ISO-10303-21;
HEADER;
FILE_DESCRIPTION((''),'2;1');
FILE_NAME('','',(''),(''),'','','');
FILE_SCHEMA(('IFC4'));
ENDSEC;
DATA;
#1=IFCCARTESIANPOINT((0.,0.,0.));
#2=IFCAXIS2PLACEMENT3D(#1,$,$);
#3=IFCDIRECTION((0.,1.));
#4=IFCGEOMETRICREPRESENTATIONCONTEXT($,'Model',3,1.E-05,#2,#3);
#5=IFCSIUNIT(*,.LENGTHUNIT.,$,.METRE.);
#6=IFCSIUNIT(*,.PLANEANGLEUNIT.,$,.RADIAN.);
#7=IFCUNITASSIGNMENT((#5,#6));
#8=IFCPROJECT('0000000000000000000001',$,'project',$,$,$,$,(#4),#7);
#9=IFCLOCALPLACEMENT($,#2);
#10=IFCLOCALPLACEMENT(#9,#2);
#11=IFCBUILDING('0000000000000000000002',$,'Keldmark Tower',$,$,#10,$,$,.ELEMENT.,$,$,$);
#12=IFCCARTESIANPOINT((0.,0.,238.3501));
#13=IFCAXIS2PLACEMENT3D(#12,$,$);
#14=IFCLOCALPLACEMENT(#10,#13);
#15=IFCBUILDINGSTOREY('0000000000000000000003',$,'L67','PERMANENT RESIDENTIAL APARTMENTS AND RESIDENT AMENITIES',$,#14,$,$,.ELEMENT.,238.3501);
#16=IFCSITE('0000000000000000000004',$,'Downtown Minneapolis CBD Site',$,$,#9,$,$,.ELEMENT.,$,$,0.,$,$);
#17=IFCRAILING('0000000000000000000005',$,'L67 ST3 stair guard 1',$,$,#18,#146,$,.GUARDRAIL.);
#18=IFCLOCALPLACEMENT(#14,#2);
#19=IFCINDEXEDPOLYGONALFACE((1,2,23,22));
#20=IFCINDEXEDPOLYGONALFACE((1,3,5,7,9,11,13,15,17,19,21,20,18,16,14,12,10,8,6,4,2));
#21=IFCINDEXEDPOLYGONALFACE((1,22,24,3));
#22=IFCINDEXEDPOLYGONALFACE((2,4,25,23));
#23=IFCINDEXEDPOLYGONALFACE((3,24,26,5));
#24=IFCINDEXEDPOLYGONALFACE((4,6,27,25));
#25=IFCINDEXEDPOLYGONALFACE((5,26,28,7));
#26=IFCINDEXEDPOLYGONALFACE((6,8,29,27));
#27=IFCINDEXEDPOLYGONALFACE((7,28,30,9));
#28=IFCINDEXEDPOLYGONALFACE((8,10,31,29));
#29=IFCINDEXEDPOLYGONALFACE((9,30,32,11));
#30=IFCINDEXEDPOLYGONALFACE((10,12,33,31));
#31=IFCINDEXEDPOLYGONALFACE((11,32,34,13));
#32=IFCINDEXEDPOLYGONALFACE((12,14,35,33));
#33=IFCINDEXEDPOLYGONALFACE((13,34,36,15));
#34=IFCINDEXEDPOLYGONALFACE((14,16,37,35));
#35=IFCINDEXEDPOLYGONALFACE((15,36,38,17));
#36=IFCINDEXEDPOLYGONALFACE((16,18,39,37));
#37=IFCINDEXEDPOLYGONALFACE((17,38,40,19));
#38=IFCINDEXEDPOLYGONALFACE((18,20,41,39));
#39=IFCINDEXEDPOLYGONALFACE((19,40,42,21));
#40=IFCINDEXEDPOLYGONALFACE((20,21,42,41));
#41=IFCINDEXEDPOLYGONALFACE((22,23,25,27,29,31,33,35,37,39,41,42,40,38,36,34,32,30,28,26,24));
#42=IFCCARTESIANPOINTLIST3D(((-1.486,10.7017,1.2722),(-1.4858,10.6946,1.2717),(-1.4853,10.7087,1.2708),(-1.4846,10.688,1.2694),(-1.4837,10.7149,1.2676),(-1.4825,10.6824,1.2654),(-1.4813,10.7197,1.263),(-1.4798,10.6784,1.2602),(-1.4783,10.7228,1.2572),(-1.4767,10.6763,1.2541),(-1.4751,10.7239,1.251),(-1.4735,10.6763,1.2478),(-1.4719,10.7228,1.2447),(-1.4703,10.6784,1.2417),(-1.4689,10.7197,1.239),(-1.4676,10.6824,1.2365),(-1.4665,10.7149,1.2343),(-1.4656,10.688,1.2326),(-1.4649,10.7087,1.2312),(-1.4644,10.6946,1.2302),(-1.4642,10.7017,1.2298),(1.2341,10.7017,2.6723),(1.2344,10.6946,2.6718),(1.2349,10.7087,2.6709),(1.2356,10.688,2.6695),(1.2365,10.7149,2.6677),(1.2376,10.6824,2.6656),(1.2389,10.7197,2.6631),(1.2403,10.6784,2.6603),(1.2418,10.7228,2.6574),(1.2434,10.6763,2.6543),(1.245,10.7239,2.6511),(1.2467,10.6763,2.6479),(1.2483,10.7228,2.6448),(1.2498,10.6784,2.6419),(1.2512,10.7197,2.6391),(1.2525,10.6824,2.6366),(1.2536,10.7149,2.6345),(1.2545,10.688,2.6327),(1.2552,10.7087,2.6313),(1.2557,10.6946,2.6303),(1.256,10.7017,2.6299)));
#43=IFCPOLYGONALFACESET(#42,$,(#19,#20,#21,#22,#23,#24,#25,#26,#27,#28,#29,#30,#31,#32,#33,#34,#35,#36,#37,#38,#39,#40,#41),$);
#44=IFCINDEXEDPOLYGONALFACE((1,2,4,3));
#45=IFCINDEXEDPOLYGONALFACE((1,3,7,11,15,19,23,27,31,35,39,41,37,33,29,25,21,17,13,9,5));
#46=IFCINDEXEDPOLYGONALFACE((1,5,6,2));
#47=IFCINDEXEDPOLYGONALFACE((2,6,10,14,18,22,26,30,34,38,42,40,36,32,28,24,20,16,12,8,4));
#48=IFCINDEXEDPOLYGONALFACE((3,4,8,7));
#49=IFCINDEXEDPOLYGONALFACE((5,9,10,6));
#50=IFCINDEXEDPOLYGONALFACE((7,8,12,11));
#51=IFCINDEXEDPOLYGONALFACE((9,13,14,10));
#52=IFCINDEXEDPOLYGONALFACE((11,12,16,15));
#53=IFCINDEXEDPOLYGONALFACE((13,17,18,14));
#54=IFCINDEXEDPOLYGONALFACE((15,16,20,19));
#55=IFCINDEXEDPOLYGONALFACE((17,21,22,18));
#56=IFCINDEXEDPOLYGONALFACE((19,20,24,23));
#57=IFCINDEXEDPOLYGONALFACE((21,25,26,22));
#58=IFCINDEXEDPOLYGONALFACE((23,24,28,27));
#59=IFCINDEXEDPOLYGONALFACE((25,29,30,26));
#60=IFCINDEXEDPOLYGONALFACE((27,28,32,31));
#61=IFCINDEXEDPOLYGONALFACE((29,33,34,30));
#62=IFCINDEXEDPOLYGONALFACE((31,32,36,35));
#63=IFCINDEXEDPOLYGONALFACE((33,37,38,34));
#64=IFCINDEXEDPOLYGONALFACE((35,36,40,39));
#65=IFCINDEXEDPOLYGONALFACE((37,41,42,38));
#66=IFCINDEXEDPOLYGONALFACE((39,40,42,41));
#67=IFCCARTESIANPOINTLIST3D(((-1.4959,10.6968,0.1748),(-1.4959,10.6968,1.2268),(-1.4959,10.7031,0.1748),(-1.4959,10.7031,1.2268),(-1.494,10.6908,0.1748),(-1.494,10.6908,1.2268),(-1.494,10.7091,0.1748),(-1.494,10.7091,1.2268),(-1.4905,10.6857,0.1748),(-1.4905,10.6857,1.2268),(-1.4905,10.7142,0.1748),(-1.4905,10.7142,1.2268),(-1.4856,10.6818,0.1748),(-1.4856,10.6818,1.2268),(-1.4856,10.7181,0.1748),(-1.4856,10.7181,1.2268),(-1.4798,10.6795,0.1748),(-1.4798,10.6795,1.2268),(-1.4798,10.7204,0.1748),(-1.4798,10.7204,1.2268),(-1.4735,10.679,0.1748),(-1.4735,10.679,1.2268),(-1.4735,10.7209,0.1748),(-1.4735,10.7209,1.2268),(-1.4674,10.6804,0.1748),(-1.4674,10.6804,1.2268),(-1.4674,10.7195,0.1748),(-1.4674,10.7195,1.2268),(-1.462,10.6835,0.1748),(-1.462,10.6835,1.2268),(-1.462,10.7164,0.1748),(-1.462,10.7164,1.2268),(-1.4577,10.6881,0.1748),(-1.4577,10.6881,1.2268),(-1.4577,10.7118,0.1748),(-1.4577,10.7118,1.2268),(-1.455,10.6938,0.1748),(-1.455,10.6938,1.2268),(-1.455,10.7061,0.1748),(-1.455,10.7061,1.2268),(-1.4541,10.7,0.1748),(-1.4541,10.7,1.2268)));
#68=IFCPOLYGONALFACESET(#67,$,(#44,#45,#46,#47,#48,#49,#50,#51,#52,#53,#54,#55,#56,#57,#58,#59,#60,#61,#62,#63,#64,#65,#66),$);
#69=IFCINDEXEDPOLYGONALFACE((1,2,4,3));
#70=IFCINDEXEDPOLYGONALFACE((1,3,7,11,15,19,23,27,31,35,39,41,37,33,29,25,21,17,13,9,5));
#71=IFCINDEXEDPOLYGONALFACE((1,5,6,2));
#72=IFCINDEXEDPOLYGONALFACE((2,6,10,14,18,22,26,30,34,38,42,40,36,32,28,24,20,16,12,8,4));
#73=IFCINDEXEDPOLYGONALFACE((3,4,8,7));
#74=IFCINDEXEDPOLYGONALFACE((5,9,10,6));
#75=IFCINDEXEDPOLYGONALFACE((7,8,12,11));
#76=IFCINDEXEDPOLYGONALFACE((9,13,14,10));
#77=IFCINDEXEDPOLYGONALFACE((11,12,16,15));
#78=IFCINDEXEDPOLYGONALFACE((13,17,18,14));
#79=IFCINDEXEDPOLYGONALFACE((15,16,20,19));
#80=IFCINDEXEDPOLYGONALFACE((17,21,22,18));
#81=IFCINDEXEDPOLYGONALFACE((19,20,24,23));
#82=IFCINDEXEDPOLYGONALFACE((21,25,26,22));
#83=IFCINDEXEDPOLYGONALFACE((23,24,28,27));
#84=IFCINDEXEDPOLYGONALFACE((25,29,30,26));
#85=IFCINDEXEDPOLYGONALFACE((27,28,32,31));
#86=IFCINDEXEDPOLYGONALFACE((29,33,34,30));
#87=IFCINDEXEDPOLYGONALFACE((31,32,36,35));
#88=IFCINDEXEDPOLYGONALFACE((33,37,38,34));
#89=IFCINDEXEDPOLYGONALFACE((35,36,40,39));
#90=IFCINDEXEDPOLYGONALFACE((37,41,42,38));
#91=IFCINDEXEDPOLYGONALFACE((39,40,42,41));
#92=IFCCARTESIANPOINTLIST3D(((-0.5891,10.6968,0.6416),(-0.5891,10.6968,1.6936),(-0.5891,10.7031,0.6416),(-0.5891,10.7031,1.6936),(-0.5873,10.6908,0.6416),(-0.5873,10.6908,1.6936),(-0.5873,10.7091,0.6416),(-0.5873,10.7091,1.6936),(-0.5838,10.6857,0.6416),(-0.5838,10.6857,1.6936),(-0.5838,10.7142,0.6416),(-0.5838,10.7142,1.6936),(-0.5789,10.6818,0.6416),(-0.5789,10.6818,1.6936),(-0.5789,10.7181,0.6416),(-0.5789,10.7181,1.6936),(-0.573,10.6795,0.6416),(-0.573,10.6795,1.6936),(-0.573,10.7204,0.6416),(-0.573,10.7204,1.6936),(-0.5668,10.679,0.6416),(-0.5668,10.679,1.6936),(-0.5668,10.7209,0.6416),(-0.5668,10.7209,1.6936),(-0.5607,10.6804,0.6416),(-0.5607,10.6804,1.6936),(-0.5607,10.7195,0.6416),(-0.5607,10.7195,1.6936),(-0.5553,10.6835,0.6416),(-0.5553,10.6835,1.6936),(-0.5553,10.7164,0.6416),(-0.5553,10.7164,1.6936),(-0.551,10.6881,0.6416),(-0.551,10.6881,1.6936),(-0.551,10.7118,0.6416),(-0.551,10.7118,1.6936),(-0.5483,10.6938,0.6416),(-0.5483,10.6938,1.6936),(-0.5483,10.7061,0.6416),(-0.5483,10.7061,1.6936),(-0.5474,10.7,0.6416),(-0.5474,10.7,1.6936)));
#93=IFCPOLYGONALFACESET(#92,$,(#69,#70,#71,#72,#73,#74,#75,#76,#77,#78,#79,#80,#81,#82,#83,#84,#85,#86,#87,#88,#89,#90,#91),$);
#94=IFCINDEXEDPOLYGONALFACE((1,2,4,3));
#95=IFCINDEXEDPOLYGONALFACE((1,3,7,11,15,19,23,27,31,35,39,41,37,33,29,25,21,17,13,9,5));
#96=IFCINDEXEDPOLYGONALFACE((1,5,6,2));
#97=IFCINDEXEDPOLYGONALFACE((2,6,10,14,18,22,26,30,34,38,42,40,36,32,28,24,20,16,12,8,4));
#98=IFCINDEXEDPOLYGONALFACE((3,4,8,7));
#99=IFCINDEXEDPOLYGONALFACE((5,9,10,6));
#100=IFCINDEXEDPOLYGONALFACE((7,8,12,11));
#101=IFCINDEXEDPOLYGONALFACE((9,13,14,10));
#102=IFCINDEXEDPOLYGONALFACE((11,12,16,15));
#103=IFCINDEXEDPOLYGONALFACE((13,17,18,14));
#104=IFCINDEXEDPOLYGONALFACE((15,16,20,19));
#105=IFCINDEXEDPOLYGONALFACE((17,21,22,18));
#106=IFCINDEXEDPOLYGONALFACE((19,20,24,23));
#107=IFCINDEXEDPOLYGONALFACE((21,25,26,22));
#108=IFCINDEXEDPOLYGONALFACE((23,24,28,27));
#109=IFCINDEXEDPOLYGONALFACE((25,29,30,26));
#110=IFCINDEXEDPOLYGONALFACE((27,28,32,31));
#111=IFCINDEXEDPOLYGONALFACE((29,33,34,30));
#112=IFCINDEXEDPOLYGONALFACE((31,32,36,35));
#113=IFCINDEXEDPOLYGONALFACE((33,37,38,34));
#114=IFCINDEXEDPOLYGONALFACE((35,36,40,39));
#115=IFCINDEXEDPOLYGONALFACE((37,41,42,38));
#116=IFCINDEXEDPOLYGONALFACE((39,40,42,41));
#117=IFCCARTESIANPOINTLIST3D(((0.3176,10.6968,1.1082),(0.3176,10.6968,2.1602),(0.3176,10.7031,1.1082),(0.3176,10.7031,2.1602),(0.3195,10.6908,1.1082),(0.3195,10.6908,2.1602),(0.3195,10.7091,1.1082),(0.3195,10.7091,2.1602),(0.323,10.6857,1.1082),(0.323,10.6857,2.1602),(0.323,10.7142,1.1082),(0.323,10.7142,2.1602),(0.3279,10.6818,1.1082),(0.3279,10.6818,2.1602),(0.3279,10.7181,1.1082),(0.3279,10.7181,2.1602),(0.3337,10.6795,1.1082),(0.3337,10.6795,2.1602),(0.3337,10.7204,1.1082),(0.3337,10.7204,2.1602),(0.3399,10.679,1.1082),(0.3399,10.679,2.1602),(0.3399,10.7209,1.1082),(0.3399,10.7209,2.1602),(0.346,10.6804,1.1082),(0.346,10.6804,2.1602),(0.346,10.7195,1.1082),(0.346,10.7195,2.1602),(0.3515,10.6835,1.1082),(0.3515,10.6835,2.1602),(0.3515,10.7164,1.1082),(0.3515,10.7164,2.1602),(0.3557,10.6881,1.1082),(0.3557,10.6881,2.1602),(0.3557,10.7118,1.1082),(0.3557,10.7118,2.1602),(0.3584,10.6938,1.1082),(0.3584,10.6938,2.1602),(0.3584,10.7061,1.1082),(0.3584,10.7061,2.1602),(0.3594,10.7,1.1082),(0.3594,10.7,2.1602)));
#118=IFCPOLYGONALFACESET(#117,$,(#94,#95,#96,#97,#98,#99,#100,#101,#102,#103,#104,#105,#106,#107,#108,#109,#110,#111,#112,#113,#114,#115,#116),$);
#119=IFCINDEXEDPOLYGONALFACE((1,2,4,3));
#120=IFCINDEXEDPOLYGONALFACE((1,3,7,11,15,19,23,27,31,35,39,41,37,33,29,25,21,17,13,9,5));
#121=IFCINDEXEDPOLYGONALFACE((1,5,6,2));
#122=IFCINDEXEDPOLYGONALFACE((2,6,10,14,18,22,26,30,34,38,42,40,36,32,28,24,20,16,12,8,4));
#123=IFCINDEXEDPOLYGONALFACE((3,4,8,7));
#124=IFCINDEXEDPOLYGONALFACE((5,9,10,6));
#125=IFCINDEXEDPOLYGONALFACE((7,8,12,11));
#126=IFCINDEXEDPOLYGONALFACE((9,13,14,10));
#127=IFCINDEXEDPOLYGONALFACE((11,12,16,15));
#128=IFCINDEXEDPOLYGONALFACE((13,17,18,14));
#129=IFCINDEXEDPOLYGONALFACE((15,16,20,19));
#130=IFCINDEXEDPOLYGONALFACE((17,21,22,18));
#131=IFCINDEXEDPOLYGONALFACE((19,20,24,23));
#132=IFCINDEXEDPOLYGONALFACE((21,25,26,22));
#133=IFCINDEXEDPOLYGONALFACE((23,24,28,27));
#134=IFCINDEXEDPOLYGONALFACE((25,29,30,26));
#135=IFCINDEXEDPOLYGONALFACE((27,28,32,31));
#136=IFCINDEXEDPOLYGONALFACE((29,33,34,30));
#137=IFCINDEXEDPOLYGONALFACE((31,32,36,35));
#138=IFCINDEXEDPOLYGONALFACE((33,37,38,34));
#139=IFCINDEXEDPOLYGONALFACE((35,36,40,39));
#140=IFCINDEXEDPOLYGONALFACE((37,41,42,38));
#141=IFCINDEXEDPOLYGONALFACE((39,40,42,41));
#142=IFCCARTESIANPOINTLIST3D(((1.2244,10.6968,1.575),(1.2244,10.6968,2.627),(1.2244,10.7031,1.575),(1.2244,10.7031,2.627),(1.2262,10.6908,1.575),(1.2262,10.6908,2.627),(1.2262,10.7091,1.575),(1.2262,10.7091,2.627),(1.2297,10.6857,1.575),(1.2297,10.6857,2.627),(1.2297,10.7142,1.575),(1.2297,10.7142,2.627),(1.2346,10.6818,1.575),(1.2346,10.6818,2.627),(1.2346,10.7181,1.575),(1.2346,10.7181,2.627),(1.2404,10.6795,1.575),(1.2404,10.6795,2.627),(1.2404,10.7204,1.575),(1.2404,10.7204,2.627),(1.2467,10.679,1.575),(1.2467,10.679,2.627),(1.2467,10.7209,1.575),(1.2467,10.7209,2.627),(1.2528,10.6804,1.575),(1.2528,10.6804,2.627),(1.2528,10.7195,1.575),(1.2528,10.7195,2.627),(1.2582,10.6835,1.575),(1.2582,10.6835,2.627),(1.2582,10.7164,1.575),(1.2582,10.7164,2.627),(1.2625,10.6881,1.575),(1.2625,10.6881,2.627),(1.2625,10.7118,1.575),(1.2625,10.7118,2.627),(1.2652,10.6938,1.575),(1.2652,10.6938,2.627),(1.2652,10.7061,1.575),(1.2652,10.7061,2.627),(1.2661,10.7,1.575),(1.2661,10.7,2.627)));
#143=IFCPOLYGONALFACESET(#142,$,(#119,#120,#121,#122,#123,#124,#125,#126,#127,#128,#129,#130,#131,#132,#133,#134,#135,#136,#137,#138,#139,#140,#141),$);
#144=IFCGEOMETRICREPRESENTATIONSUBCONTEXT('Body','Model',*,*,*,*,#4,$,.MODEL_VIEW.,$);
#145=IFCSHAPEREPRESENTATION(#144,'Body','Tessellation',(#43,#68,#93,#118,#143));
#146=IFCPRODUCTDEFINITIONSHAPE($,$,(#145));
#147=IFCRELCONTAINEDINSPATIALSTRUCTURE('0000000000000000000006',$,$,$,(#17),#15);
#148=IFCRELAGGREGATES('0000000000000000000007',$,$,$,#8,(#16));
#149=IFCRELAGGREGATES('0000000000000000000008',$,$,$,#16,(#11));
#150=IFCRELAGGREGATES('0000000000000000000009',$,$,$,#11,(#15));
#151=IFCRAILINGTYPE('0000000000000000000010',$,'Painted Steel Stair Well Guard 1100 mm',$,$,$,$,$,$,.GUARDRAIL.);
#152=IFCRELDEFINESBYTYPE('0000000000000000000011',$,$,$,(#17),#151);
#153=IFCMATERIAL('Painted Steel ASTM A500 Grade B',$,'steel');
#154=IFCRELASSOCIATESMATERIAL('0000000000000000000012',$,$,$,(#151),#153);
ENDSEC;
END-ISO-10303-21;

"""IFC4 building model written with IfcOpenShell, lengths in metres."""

from ifc_helpers import new_model, si_unit, direction, frame, origin, origin_2d, place, context, subcontext, project, spatial, circle, extrude, material, type_object, element, save


model = new_model("IFC4")

# Units and contexts
model_context = context("Model", 3, precision=1e-05, world=origin(), true_north=direction((0.0, 1.0)))
body_context = subcontext(model_context, "Body", "Model", "MODEL_VIEW")
ifc_project = project(units=[si_unit("LENGTHUNIT", "METRE"), si_unit("PLANEANGLEUNIT", "RADIAN")], contexts=[model_context])

# Site, building, storey
site_placement = place(None, origin())
site = spatial("IfcSite", under=ifc_project, at=site_placement, Name="Downtown Minneapolis CBD Site", CompositionType="ELEMENT", RefElevation=0.0)
building_placement = place(site_placement, origin())
building = spatial("IfcBuilding", under=site, at=building_placement, Name="Keldmark Tower", CompositionType="ELEMENT")
storey_placement = place(building_placement, frame((0.0, 0.0, 238.3501)))
storey = spatial("IfcBuildingStorey", under=building, at=storey_placement, Name="L67", Description="PERMANENT RESIDENTIAL APARTMENTS AND RESIDENT AMENITIES", CompositionType="ELEMENT", Elevation=238.3501)

# Railing
ifc_material_1 = material(Name="Painted Steel ASTM A500 Grade B", Category="steel")
railing_type_1 = type_object("IfcRailingType", Name="Painted Steel Stair Well Guard 1100 mm", PredefinedType="GUARDRAIL", material=ifc_material_1)
railing_1_placement = place(storey_placement, frame((-1.4751, 10.7, 0.1748)))
element("IfcRailing", 1, at=railing_1_placement, inside=storey, type_object=railing_type_1, Name="L67 ST3 stair guard 1", PredefinedType="GUARDRAIL", context=body_context, shape_type="SweptSolid", body=[
    extrude(circle(Radius=0.0239, at=origin_2d()), frame((0.0, 0.0, 1.0762), z_axis=(0.889131, 0.0, 0.457653), x_axis=(0.0, 1.0, 0.0)), (0.0, 0.0, 1.0), 3.0593),
    extrude(circle(Radius=0.021, at=origin_2d()), origin(), (0.0, 0.0, 1.0), 1.052),
    extrude(circle(Radius=0.021, at=origin_2d()), frame((0.9067, 0.0, 0.4668)), (0.0, 0.0, 1.0), 1.052),
    extrude(circle(Radius=0.021, at=origin_2d()), frame((1.8135, 0.0, 0.9333)), (0.0, 0.0, 1.0), 1.052),
    extrude(circle(Radius=0.021, at=origin_2d()), frame((2.7202, 0.0, 1.4001)), (0.0, 0.0, 1.0), 1.052),
])

save(model, "model.ifc")
